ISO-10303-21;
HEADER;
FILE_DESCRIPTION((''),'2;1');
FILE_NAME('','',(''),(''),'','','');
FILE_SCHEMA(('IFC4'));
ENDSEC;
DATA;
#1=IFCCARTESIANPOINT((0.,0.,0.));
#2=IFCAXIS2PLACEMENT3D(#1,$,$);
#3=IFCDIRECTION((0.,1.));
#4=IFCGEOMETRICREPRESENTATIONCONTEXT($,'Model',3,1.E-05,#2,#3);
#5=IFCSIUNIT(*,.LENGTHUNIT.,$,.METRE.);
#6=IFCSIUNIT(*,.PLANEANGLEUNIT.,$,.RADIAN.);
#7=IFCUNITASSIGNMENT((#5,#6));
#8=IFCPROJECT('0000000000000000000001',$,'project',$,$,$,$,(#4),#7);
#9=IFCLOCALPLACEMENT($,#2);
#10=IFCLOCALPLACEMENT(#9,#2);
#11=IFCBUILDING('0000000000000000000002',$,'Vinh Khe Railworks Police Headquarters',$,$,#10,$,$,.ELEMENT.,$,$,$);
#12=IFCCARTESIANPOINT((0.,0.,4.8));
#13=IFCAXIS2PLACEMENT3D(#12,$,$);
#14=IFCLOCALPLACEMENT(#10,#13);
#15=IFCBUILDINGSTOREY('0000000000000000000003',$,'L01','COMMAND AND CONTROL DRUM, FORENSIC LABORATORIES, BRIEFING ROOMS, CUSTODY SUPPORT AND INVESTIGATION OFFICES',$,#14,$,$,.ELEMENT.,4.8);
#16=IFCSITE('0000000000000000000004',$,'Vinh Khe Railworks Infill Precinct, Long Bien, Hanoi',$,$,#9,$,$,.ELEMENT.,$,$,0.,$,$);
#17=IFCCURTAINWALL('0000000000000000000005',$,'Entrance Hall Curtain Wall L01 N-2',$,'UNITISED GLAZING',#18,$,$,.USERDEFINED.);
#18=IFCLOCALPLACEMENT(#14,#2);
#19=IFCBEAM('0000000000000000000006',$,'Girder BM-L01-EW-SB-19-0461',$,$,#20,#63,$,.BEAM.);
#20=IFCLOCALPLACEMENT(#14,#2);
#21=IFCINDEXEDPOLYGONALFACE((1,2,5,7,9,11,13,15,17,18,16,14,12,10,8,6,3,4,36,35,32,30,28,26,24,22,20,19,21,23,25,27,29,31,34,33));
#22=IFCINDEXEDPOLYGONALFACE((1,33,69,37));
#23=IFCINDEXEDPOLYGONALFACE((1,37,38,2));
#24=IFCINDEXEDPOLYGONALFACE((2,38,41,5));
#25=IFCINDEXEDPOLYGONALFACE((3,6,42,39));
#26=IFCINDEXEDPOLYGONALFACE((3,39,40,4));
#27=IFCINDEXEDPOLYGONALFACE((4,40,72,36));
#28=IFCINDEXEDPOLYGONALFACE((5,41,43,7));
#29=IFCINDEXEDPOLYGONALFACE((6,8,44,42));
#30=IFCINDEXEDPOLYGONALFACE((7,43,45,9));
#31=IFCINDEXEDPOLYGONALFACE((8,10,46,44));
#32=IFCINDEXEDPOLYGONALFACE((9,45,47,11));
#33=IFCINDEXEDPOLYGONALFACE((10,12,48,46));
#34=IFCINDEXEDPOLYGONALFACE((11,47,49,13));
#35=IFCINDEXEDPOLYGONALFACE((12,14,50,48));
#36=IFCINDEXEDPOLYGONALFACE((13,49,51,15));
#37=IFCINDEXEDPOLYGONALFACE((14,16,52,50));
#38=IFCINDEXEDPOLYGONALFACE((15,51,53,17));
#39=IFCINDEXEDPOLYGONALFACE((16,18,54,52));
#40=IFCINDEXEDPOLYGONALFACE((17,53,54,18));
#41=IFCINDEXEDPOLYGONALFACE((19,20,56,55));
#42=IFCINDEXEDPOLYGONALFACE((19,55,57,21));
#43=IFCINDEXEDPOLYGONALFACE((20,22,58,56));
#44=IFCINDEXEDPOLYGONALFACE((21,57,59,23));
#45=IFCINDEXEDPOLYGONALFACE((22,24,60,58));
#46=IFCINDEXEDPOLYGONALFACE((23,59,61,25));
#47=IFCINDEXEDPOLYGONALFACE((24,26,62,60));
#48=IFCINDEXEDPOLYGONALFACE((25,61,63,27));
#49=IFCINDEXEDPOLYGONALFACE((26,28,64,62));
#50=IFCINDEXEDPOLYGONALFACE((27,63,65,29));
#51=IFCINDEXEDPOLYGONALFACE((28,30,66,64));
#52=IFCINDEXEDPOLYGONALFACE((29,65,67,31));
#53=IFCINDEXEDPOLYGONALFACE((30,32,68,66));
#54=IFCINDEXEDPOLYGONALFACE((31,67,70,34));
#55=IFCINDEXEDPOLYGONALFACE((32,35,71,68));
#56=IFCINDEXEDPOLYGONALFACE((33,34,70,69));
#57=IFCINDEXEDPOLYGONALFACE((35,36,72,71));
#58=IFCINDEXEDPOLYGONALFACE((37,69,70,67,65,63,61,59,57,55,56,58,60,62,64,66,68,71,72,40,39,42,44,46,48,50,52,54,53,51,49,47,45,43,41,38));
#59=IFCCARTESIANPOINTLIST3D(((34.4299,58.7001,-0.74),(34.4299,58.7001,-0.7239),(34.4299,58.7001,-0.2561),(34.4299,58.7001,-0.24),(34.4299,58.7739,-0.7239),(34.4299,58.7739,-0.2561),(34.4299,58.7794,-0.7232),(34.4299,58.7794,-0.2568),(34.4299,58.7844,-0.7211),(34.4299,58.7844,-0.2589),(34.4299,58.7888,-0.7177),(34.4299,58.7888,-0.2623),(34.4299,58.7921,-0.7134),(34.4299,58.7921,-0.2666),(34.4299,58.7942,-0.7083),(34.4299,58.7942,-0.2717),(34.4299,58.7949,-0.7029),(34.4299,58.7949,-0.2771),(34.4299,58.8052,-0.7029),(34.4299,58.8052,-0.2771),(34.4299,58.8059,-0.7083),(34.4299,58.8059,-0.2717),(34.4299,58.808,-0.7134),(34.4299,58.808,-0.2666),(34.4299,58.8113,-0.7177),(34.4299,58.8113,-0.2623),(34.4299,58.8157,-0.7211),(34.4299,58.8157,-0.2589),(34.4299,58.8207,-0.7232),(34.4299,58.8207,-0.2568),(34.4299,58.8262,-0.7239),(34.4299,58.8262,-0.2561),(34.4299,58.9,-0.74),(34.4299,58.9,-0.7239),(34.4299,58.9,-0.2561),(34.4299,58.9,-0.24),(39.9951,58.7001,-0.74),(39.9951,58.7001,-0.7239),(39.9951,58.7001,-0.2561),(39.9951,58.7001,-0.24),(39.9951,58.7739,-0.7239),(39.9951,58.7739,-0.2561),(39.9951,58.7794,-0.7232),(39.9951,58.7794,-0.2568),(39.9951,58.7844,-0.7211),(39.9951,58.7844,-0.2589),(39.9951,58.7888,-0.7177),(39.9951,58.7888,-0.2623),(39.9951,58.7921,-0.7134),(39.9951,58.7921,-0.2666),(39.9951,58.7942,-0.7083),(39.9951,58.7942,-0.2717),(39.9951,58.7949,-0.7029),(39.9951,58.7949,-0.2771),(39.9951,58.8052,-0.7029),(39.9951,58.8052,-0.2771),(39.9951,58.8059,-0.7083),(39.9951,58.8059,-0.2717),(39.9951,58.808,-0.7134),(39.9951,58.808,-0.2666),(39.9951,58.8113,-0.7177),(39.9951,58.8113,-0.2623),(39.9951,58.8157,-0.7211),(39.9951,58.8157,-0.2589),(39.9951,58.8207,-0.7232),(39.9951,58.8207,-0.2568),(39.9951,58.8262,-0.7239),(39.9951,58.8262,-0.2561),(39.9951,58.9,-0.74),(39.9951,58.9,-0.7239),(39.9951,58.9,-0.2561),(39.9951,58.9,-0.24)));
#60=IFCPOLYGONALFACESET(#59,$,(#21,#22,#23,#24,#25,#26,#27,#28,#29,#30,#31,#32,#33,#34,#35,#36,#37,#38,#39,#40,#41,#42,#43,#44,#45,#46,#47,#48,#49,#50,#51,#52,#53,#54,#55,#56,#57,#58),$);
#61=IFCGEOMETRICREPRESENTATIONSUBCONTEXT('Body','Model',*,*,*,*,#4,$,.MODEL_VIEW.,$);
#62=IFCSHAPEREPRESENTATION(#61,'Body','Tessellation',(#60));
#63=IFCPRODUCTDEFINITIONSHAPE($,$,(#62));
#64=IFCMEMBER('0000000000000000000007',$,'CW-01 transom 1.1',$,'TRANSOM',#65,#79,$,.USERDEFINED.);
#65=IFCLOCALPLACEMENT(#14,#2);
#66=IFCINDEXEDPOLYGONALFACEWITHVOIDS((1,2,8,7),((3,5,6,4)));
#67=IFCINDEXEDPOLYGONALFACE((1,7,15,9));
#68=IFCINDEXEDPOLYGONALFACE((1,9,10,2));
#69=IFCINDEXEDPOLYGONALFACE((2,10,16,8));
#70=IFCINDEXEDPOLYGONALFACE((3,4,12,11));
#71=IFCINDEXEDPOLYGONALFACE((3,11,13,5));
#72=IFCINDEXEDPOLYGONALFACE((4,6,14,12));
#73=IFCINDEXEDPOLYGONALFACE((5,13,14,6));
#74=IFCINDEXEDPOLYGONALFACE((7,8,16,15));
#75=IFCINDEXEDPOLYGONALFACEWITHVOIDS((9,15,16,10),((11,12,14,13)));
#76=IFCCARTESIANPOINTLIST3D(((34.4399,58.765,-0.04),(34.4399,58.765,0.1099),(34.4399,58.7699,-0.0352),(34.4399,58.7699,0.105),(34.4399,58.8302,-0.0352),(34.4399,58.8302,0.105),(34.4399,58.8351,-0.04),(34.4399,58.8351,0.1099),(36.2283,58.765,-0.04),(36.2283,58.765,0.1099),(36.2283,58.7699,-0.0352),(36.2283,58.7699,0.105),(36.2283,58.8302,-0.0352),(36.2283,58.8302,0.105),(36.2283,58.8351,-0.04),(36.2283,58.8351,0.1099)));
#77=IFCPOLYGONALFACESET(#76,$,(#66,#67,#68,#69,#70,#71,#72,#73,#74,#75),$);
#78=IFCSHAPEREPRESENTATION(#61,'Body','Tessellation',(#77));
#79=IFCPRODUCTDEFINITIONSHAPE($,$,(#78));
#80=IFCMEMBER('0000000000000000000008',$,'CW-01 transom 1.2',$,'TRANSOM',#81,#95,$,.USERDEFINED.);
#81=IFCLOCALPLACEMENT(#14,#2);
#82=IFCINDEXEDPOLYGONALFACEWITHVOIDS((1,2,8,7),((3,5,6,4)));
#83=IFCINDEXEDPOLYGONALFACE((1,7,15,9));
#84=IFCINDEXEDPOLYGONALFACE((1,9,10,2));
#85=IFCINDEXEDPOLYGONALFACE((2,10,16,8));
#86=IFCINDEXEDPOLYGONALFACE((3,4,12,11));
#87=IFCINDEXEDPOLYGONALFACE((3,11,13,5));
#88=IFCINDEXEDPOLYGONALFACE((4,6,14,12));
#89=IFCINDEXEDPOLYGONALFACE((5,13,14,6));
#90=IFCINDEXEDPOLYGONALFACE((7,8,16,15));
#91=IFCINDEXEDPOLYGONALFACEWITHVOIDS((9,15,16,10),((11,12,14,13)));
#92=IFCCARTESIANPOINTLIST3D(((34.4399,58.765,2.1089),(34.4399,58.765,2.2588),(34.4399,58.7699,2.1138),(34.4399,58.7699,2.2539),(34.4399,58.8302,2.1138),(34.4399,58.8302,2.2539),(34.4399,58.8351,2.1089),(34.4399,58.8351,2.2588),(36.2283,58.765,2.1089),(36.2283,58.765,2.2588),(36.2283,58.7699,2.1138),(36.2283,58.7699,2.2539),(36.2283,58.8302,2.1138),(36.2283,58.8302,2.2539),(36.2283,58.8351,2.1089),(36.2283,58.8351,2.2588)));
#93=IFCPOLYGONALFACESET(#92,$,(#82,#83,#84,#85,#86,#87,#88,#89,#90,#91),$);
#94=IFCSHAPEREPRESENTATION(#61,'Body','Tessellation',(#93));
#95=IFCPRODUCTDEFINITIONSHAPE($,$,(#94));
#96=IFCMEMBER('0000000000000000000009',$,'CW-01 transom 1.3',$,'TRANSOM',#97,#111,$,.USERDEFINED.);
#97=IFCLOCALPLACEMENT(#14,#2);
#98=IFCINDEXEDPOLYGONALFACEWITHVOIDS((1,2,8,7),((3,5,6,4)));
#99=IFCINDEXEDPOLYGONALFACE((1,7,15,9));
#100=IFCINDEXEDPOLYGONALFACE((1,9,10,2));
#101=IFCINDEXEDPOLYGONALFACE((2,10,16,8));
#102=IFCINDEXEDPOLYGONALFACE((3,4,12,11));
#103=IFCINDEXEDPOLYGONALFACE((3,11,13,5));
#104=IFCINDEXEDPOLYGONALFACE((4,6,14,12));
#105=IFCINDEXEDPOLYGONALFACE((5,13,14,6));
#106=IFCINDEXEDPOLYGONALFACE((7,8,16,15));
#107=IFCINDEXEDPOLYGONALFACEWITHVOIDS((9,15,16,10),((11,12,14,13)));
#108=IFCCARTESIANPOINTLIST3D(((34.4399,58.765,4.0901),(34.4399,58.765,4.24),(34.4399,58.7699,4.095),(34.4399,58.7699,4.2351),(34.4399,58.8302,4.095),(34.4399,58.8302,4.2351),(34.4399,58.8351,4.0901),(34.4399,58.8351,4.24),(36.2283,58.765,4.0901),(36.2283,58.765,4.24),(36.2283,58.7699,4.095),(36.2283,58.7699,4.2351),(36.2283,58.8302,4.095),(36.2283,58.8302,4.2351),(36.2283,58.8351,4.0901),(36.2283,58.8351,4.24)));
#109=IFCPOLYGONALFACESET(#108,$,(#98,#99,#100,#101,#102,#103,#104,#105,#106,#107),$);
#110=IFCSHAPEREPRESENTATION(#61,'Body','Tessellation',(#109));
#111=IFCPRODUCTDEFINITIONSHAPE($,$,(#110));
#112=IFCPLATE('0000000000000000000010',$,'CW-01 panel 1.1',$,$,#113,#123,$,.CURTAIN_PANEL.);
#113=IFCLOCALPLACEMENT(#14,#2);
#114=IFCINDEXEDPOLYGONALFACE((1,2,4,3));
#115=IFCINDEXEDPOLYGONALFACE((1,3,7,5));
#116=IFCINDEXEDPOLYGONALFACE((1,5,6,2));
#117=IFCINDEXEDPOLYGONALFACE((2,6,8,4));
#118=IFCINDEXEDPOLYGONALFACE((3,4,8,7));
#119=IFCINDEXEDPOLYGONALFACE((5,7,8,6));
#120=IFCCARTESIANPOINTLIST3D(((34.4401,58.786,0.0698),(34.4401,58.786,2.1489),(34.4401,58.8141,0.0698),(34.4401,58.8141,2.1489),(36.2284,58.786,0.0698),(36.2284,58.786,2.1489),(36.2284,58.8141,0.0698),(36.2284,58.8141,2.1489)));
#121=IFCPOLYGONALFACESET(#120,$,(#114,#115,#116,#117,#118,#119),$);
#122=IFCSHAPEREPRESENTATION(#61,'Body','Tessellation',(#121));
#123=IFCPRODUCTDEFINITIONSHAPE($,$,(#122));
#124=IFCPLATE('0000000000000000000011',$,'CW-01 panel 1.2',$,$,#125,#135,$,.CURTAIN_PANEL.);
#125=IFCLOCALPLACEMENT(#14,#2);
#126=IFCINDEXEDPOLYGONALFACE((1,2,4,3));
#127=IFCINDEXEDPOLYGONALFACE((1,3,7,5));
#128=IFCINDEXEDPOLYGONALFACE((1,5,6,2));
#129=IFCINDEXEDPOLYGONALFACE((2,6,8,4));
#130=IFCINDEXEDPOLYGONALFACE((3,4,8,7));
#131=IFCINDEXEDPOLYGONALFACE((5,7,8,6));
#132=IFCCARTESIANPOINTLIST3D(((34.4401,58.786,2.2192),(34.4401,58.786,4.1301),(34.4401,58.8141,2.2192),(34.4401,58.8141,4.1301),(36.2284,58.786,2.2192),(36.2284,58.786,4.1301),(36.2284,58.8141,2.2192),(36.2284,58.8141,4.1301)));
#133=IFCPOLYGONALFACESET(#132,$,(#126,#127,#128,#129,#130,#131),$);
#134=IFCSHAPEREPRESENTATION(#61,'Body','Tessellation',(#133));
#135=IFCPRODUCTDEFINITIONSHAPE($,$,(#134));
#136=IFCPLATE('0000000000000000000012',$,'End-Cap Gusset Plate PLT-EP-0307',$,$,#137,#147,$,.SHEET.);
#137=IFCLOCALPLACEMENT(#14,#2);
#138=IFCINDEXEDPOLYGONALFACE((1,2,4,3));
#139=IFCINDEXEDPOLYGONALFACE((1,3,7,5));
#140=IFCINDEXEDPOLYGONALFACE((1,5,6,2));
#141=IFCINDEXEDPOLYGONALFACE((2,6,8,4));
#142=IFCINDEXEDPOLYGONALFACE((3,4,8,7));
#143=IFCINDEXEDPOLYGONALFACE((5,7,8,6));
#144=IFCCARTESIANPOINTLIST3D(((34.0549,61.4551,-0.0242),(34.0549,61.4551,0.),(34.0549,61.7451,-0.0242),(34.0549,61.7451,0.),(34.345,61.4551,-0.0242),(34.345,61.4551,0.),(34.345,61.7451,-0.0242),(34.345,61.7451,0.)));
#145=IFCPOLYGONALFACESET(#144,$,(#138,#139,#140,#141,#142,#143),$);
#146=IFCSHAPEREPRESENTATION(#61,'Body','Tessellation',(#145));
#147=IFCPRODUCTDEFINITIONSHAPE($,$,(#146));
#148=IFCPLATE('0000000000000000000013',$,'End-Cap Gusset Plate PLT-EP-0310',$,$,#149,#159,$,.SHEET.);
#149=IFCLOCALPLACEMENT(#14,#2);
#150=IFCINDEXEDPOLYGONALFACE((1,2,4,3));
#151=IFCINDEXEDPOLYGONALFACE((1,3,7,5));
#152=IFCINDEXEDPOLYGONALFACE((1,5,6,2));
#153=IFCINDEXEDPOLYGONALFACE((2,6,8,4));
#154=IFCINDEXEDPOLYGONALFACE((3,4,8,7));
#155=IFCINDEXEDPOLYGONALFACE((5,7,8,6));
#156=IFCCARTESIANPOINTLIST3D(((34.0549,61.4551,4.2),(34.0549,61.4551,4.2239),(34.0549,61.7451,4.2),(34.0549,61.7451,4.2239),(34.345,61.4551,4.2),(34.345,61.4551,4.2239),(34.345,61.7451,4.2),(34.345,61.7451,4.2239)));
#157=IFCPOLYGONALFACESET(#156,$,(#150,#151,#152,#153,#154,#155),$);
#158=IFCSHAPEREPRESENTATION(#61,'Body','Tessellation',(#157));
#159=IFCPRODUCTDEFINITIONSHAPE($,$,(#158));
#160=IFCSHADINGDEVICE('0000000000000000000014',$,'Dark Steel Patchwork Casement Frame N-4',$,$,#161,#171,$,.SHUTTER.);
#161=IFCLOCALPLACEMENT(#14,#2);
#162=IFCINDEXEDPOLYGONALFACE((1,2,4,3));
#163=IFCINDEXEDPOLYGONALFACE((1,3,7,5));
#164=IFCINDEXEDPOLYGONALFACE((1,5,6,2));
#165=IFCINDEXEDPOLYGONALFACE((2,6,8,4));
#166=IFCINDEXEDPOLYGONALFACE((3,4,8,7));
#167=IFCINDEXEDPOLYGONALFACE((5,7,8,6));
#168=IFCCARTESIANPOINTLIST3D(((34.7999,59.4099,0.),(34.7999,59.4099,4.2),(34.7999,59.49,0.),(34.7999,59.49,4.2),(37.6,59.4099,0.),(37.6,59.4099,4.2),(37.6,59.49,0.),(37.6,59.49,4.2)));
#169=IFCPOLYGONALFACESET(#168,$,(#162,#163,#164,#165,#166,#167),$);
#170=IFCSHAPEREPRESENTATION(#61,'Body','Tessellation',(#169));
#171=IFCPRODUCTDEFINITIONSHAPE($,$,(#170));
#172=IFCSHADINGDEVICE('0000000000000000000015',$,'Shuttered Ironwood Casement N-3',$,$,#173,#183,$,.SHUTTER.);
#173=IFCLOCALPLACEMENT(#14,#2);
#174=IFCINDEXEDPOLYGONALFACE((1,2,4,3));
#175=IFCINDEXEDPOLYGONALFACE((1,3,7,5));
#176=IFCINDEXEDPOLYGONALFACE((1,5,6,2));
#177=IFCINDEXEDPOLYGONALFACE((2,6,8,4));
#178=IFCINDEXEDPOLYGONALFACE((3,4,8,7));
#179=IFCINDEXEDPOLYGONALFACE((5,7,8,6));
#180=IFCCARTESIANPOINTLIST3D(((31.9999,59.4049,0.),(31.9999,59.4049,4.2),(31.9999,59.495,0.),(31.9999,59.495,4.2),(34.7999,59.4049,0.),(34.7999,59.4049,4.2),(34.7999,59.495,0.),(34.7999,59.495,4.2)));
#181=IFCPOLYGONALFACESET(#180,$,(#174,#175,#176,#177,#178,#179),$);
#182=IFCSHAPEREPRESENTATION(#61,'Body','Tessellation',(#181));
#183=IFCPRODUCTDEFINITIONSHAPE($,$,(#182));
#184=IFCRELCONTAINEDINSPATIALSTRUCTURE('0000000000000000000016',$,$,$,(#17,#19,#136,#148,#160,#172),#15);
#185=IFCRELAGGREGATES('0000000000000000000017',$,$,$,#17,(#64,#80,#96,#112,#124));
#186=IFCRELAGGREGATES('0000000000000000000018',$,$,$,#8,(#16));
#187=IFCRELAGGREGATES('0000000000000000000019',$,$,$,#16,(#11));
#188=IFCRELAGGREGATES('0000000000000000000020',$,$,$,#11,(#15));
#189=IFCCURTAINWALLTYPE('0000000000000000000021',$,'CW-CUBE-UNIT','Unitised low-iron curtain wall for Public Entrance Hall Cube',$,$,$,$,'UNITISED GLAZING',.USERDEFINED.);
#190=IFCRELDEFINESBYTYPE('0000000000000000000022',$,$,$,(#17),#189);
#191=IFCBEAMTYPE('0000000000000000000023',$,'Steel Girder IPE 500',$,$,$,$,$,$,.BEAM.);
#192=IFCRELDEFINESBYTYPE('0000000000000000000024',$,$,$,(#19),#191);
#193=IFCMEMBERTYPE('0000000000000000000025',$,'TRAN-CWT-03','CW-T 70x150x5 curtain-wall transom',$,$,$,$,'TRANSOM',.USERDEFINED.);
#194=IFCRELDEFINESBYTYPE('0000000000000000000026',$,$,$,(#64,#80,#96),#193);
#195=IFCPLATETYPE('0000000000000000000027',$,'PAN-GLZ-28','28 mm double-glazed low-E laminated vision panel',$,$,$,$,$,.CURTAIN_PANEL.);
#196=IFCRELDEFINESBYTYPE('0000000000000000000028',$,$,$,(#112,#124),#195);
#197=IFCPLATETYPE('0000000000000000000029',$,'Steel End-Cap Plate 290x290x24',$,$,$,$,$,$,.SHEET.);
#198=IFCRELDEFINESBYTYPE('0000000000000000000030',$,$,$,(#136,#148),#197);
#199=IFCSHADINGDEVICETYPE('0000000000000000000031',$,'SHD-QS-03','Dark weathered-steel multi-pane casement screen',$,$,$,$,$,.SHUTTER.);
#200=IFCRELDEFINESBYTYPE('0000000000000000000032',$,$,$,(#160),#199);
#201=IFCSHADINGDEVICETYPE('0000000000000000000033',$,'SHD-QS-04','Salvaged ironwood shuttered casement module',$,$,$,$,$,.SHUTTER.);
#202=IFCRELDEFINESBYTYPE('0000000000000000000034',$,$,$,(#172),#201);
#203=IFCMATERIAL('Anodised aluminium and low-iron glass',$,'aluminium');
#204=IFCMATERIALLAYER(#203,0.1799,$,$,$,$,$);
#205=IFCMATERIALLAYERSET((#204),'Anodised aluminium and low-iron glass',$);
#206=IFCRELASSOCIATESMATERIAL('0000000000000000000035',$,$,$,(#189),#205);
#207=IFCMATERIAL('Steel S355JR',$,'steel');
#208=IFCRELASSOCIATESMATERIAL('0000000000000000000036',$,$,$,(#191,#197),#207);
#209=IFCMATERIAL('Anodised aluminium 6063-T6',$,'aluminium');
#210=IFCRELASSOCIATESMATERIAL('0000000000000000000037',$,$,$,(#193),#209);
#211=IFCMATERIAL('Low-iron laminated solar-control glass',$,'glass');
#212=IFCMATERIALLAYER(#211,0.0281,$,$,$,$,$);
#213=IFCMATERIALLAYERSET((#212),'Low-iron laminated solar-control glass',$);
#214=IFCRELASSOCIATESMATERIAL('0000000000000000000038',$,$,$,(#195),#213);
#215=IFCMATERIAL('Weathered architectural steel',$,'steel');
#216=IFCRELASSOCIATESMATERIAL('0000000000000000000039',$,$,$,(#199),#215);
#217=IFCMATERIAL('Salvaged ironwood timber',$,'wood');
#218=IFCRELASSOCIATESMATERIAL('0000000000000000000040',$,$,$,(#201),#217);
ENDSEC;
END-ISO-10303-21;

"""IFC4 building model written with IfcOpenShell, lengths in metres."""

from ifc_helpers import new_model, si_unit, direction, frame, origin, origin_2d, place, context, subcontext, project, spatial, rectangle, hollow_rectangle, i_section, extrude, material, layer, layer_set, material_profile, profile_set, type_object, element, aggregate, save


model = new_model("IFC4")

# Units and contexts
model_context = context("Model", 3, precision=1e-05, world=origin(), true_north=direction((0.0, 1.0)))
body_context = subcontext(model_context, "Body", "Model", "MODEL_VIEW")
ifc_project = project(units=[si_unit("LENGTHUNIT", "METRE"), si_unit("PLANEANGLEUNIT", "RADIAN")], contexts=[model_context])

# Site, building, storey
site_placement = place(None, origin())
site = spatial("IfcSite", under=ifc_project, at=site_placement, Name="Vinh Khe Railworks Infill Precinct, Long Bien, Hanoi", CompositionType="ELEMENT", RefElevation=0.0)
building_placement = place(site_placement, origin())
building = spatial("IfcBuilding", under=site, at=building_placement, Name="Vinh Khe Railworks Police Headquarters", CompositionType="ELEMENT")
storey_placement = place(building_placement, frame((0.0, 0.0, 4.8)))
storey = spatial("IfcBuildingStorey", under=building, at=storey_placement, Name="L01", Description="COMMAND AND CONTROL DRUM, FORENSIC LABORATORIES, BRIEFING ROOMS, CUSTODY SUPPORT AND INVESTIGATION OFFICES", CompositionType="ELEMENT", Elevation=4.8)

# Shared definitions
ifc_material_1 = material(Name="Steel S355JR", Category="steel")

# Shared definitions
ifc_material_2 = material(Name="Salvaged ironwood timber", Category="wood")

# Curtain wall
ifc_material_3 = material(Name="Anodised aluminium and low-iron glass", Category="aluminium")
ifc_layer_1 = layer(ifc_material_3, 0.1799)
ifc_layer_set_1 = layer_set([ifc_layer_1], Name="Anodised aluminium and low-iron glass")
curtain_wall_type = type_object("IfcCurtainWallType", Name="CW-CUBE-UNIT", Description="Unitised low-iron curtain wall for Public Entrance Hall Cube", ElementType="UNITISED GLAZING", PredefinedType="USERDEFINED", material=ifc_layer_set_1)
ifc_material_4 = material(Name="Anodised aluminium 6063-T6", Category="aluminium")
curtain_wall_1_placement = place(storey_placement, origin())
curtain_wall_1 = element("IfcCurtainWall", 1, at=curtain_wall_1_placement, inside=storey, type_object=curtain_wall_type, Name="Entrance Hall Curtain Wall L01 N-2", ObjectType="UNITISED GLAZING", PredefinedType="USERDEFINED")

# Beam
ifc_material_profile_1 = material_profile(ifc_material_1, i_section(OverallWidth=0.2, OverallDepth=0.5, WebThickness=0.0103, FlangeThickness=0.0161, FilletRadius=0.021, at=origin_2d()), Name="IPE 500")
ifc_profile_set_1 = profile_set([ifc_material_profile_1], Name="Steel S355JR")
beam_type = type_object("IfcBeamType", Name="Steel Girder IPE 500", PredefinedType="BEAM", material=ifc_profile_set_1)
beam_placement = place(storey_placement, frame((34.4299, 58.8, -0.49), z_axis=(1.0, 0.0, 0.0), x_axis=(0.0, 1.0, 0.0)))
element("IfcBeam", 2, at=beam_placement, inside=storey, type_object=beam_type, Name="Girder BM-L01-EW-SB-19-0461", PredefinedType="BEAM", context=body_context, shape_type="SweptSolid", body=[
    extrude(i_section(OverallWidth=0.2, OverallDepth=0.5, WebThickness=0.0103, FlangeThickness=0.0161, FilletRadius=0.021, at=origin_2d()), origin(), (0.0, 0.0, 1.0), 5.5652),
])

# Members
ifc_material_profile_2 = material_profile(ifc_material_4, hollow_rectangle(XDim=0.0701, YDim=0.1499, WallThickness=0.0049, at=origin_2d()), Name="CW-T 70x150x5")
ifc_profile_set_2 = profile_set([ifc_material_profile_2], Name="Anodised aluminium 6063-T6")
member_type_1 = type_object("IfcMemberType", Name="TRAN-CWT-03", Description="CW-T 70x150x5 curtain-wall transom", ElementType="TRANSOM", PredefinedType="USERDEFINED", material=ifc_profile_set_2)
member_1_placement = place(storey_placement, frame((34.4399, 58.8, 0.0349), z_axis=(1.0, 0.0, 0.0), x_axis=(0.0, 1.0, 0.0)))
member_1 = element("IfcMember", 3, at=member_1_placement, type_object=member_type_1, Name="CW-01 transom 1.1", ObjectType="TRANSOM", PredefinedType="USERDEFINED", context=body_context, shape_type="SweptSolid", body=[
    extrude(hollow_rectangle(XDim=0.0701, YDim=0.1499, WallThickness=0.0049, at=origin_2d()), origin(), (0.0, 0.0, 1.0), 1.7883),
])
member_2_placement = place(storey_placement, frame((34.4399, 58.8, 2.1838), z_axis=(1.0, 0.0, 0.0), x_axis=(0.0, 1.0, 0.0)))
member_2 = element("IfcMember", 4, at=member_2_placement, type_object=member_type_1, Name="CW-01 transom 1.2", ObjectType="TRANSOM", PredefinedType="USERDEFINED", context=body_context, shape_type="SweptSolid", body=[
    extrude(hollow_rectangle(XDim=0.0701, YDim=0.1499, WallThickness=0.0049, at=origin_2d()), origin(), (0.0, 0.0, 1.0), 1.7883),
])
member_3_placement = place(storey_placement, frame((34.4399, 58.8, 4.165), z_axis=(1.0, 0.0, 0.0), x_axis=(0.0, 1.0, 0.0)))
member_3 = element("IfcMember", 5, at=member_3_placement, type_object=member_type_1, Name="CW-01 transom 1.3", ObjectType="TRANSOM", PredefinedType="USERDEFINED", context=body_context, shape_type="SweptSolid", body=[
    extrude(hollow_rectangle(XDim=0.0701, YDim=0.1499, WallThickness=0.0049, at=origin_2d()), origin(), (0.0, 0.0, 1.0), 1.7883),
])

# Plates
ifc_material_5 = material(Name="Low-iron laminated solar-control glass", Category="glass")
ifc_layer_2 = layer(ifc_material_5, 0.0281)
ifc_layer_set_2 = layer_set([ifc_layer_2], Name="Low-iron laminated solar-control glass")
plate_type_1 = type_object("IfcPlateType", Name="PAN-GLZ-28", Description="28 mm double-glazed low-E laminated vision panel", PredefinedType="CURTAIN_PANEL", material=ifc_layer_set_2)
plate_1_placement = place(storey_placement, frame((35.3342, 58.8, 0.0698), z_axis=(0.0, 0.0, 1.0), x_axis=(1.0, 0.0, 0.0)))
plate_1 = element("IfcPlate", 6, at=plate_1_placement, type_object=plate_type_1, Name="CW-01 panel 1.1", PredefinedType="CURTAIN_PANEL", context=body_context, shape_type="SweptSolid", body=[
    extrude(rectangle(XDim=1.7883, YDim=0.0281, at=origin_2d()), origin(), (0.0, 0.0, 1.0), 2.0791),
])
plate_2_placement = place(storey_placement, frame((35.3342, 58.8, 2.2192), z_axis=(0.0, 0.0, 1.0), x_axis=(1.0, 0.0, 0.0)))
plate_2 = element("IfcPlate", 7, at=plate_2_placement, type_object=plate_type_1, Name="CW-01 panel 1.2", PredefinedType="CURTAIN_PANEL", context=body_context, shape_type="SweptSolid", body=[
    extrude(rectangle(XDim=1.7883, YDim=0.0281, at=origin_2d()), origin(), (0.0, 0.0, 1.0), 1.9109),
])
aggregate(curtain_wall_1, [member_1, member_2, member_3, plate_1, plate_2])

# Plates
ifc_material_profile_3 = material_profile(ifc_material_1, rectangle(XDim=0.29, YDim=0.29, at=origin_2d()), Name="PL 290x290")
ifc_profile_set_3 = profile_set([ifc_material_profile_3], Name="Steel S355JR")
plate_type_2 = type_object("IfcPlateType", Name="Steel End-Cap Plate 290x290x24", PredefinedType="SHEET", material=ifc_profile_set_3)
plate_3_placement = place(storey_placement, frame((34.2, 61.6001, 0.0), z_axis=(0.0, 0.0, -1.0), x_axis=(1.0, 0.0, 0.0)))
element("IfcPlate", 8, at=plate_3_placement, inside=storey, type_object=plate_type_2, Name="End-Cap Gusset Plate PLT-EP-0307", PredefinedType="SHEET", context=body_context, shape_type="SweptSolid", body=[
    extrude(rectangle(XDim=0.29, YDim=0.29, at=origin_2d()), origin(), (0.0, 0.0, 1.0), 0.0242),
])
plate_4_placement = place(storey_placement, frame((34.2, 61.6001, 4.2), z_axis=(0.0, 0.0, 1.0), x_axis=(1.0, 0.0, 0.0)))
element("IfcPlate", 9, at=plate_4_placement, inside=storey, type_object=plate_type_2, Name="End-Cap Gusset Plate PLT-EP-0310", PredefinedType="SHEET", context=body_context, shape_type="SweptSolid", body=[
    extrude(rectangle(XDim=0.29, YDim=0.29, at=origin_2d()), origin(), (0.0, 0.0, 1.0), 0.0239),
])

# Shading devices
ifc_material_6 = material(Name="Weathered architectural steel", Category="steel")
shading_device_type_1 = type_object("IfcShadingDeviceType", Name="SHD-QS-03", Description="Dark weathered-steel multi-pane casement screen", PredefinedType="SHUTTER", material=ifc_material_6)
shading_device_1_placement = place(storey_placement, frame((36.2, 59.45, 0.0), z_axis=(0.0, 0.0, 1.0), x_axis=(1.0, 0.0, 0.0)))
element("IfcShadingDevice", 10, at=shading_device_1_placement, inside=storey, type_object=shading_device_type_1, Name="Dark Steel Patchwork Casement Frame N-4", PredefinedType="SHUTTER", context=body_context, shape_type="SweptSolid", body=[
    extrude(rectangle(XDim=2.8, YDim=0.0801, at=origin_2d()), origin(), (0.0, 0.0, 1.0), 4.2),
])
shading_device_type_2 = type_object("IfcShadingDeviceType", Name="SHD-QS-04", Description="Salvaged ironwood shuttered casement module", PredefinedType="SHUTTER", material=ifc_material_2)
shading_device_2_placement = place(storey_placement, frame((33.3999, 59.45, 0.0), z_axis=(0.0, 0.0, 1.0), x_axis=(1.0, 0.0, 0.0)))
element("IfcShadingDevice", 11, at=shading_device_2_placement, inside=storey, type_object=shading_device_type_2, Name="Shuttered Ironwood Casement N-3", PredefinedType="SHUTTER", context=body_context, shape_type="SweptSolid", body=[
    extrude(rectangle(XDim=2.8, YDim=0.0901, at=origin_2d()), origin(), (0.0, 0.0, 1.0), 4.2),
])

save(model, "model.ifc")
